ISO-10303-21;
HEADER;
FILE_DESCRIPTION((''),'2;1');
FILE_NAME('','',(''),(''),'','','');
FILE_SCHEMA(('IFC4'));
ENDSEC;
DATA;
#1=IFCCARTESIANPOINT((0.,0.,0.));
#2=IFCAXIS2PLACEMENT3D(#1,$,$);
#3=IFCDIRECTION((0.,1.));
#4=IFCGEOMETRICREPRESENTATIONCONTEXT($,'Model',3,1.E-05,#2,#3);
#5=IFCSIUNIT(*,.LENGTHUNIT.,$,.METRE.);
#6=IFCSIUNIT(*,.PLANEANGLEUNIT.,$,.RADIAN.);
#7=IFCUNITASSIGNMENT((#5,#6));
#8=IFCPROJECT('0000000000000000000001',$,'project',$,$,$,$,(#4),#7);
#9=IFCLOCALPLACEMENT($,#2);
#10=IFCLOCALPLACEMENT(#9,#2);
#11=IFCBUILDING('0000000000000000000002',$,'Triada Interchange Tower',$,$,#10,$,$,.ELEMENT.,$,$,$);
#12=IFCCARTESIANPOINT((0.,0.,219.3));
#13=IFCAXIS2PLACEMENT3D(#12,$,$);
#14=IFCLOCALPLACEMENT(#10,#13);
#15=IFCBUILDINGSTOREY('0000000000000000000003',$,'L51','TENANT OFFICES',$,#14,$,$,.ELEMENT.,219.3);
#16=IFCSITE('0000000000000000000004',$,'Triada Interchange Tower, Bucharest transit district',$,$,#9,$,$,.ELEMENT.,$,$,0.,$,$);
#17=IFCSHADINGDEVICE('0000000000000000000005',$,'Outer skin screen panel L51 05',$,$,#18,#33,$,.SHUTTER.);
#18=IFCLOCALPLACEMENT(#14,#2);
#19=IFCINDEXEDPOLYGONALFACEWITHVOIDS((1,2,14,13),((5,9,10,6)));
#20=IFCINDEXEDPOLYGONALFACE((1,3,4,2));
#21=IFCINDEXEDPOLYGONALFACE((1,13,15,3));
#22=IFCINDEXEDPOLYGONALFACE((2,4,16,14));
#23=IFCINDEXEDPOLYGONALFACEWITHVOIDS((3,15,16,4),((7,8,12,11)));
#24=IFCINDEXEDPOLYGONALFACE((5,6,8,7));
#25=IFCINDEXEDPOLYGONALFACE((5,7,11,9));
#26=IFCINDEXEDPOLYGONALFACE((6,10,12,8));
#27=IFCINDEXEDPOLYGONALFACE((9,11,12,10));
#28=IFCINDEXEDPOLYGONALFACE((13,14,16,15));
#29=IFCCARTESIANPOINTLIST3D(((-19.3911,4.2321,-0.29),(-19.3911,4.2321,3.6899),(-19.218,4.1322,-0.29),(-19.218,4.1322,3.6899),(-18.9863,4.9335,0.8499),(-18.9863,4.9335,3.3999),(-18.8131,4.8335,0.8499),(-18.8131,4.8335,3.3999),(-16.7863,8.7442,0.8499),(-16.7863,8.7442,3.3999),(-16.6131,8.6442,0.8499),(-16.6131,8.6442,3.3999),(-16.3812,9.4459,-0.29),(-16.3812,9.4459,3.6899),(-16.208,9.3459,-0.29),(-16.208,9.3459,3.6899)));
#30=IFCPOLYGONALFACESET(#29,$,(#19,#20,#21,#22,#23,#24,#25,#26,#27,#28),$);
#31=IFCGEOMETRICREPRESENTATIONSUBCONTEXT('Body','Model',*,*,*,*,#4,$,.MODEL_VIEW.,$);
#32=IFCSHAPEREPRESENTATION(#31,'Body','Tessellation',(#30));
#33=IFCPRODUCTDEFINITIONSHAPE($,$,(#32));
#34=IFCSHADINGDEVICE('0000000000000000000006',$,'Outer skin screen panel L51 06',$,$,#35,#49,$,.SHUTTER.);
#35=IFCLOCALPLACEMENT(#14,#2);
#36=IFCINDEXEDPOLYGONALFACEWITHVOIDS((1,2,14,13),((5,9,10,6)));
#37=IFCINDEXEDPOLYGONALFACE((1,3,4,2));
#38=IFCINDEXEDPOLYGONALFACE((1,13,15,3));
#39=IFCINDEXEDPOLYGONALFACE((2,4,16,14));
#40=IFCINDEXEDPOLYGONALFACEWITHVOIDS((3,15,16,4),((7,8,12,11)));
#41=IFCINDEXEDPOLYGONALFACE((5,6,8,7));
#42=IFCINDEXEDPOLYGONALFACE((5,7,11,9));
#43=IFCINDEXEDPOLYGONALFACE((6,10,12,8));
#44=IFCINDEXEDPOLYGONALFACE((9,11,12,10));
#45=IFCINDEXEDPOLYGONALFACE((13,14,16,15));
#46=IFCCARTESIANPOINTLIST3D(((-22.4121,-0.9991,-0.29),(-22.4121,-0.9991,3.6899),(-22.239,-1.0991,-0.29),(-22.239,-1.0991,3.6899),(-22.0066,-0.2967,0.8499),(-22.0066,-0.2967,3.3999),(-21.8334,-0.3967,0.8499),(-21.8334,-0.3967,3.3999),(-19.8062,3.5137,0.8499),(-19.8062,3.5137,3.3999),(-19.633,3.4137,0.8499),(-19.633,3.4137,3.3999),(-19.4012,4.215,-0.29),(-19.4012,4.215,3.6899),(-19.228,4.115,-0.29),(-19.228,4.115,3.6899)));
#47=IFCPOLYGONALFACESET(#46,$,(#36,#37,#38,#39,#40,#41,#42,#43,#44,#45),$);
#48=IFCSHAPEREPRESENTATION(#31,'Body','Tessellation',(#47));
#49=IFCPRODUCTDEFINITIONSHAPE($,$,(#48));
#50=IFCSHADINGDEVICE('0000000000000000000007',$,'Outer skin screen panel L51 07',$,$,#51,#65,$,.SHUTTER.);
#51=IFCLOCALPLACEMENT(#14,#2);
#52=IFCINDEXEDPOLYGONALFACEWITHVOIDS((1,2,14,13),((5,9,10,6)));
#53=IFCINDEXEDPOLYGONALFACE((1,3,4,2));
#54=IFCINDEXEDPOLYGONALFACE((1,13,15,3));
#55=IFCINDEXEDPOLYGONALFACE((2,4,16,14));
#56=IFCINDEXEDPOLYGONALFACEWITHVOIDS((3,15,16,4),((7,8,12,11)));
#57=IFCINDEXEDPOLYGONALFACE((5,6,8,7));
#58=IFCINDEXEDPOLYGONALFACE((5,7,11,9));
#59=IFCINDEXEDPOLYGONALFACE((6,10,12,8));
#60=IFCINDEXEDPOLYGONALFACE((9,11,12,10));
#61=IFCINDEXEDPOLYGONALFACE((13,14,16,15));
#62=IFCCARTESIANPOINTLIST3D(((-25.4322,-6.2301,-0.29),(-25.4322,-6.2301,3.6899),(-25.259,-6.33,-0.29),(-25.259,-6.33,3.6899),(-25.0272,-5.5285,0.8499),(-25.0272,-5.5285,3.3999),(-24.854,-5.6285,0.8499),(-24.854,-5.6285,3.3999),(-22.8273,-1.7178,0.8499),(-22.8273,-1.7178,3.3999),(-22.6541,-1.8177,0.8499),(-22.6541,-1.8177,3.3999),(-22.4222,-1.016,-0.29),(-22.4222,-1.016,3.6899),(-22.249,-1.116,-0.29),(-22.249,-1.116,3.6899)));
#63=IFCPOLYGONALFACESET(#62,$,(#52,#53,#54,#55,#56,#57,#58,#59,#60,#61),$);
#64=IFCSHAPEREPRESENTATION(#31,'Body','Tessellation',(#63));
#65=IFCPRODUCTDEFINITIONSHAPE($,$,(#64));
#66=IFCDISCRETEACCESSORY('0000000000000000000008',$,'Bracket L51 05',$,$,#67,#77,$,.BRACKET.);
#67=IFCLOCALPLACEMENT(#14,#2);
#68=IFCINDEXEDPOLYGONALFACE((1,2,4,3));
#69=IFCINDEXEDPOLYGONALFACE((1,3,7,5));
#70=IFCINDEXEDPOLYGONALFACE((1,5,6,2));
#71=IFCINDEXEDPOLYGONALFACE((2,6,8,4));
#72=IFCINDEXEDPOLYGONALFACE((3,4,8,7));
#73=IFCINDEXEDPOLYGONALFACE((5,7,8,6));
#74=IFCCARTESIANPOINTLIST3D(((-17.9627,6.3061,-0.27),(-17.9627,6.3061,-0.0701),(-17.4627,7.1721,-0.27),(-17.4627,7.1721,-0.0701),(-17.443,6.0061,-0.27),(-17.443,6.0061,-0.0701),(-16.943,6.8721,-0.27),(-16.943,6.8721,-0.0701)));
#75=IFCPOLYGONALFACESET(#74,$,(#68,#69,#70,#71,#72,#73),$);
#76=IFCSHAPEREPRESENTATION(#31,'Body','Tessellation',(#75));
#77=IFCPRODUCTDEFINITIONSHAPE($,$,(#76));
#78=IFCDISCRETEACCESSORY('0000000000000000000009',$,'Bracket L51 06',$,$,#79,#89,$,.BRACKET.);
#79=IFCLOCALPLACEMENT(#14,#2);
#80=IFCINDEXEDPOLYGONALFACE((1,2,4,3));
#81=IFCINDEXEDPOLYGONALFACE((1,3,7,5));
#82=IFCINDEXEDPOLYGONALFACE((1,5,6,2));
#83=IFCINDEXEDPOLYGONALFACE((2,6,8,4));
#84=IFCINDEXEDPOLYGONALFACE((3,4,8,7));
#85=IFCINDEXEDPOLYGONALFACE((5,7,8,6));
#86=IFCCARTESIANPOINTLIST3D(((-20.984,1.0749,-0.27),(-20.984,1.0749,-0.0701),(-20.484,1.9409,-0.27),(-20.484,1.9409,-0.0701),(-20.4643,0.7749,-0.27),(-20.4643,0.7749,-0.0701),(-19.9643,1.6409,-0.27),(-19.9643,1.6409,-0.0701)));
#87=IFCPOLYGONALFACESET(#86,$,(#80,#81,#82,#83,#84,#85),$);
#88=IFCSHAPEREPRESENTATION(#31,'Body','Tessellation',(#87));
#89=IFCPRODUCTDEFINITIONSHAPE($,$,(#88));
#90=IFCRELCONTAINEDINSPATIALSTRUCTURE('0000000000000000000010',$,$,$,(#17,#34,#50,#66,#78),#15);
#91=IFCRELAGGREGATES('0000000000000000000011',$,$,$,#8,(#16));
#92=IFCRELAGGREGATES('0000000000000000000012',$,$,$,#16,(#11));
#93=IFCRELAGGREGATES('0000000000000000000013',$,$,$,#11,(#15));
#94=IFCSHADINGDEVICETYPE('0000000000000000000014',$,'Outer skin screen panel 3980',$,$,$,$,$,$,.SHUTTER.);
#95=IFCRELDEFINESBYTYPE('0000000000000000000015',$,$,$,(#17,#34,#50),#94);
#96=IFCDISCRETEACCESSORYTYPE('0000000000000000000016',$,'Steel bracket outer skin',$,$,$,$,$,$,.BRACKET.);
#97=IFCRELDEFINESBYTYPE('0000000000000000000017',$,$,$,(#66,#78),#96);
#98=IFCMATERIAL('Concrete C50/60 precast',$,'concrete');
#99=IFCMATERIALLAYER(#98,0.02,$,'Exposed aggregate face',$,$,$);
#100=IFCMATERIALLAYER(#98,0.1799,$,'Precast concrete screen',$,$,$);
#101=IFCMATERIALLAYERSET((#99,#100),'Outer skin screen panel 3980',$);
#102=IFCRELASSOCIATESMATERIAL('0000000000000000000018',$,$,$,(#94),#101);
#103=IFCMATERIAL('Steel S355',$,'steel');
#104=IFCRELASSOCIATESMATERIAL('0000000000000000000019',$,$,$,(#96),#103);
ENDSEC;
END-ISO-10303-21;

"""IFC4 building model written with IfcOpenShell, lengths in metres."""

from ifc_helpers import new_model, si_unit, direction, frame, origin, origin_2d, place, context, subcontext, project, spatial, polyline, rectangle, outline, extrude, material, layer, layer_set, type_object, element, save


model = new_model("IFC4")

# Units and contexts
model_context = context("Model", 3, precision=1e-05, world=origin(), true_north=direction((0.0, 1.0)))
body_context = subcontext(model_context, "Body", "Model", "MODEL_VIEW")
ifc_project = project(units=[si_unit("LENGTHUNIT", "METRE"), si_unit("PLANEANGLEUNIT", "RADIAN")], contexts=[model_context])

# Site, building, storey
site_placement = place(None, origin())
site = spatial("IfcSite", under=ifc_project, at=site_placement, Name="Triada Interchange Tower, Bucharest transit district", CompositionType="ELEMENT", RefElevation=0.0)
building_placement = place(site_placement, origin())
building = spatial("IfcBuilding", under=site, at=building_placement, Name="Triada Interchange Tower", CompositionType="ELEMENT")
storey_placement = place(building_placement, frame((0.0, 0.0, 219.3)))
storey = spatial("IfcBuildingStorey", under=building, at=storey_placement, Name="L51", Description="TENANT OFFICES", CompositionType="ELEMENT", Elevation=219.3)

# Shading devices
ifc_material_1 = material(Name="Concrete C50/60 precast", Category="concrete")
ifc_layer_1 = layer(ifc_material_1, 0.02, Name="Exposed aggregate face")
ifc_layer_2 = layer(ifc_material_1, 0.1799, Name="Precast concrete screen")
ifc_layer_set_1 = layer_set([ifc_layer_1, ifc_layer_2], Name="Outer skin screen panel 3980")
shading_device_type = type_object("IfcShadingDeviceType", Name="Outer skin screen panel 3980", PredefinedType="SHUTTER", material=ifc_layer_set_1)
shading_device_1_placement = place(storey_placement, frame((-16.208, 9.3459, -0.29), z_axis=(0.0, 0.0, 1.0), x_axis=(-0.499973, -0.866041, 0.0)))
element("IfcShadingDevice", 1, at=shading_device_1_placement, inside=storey, type_object=shading_device_type, Name="Outer skin screen panel L51 05", PredefinedType="SHUTTER", context=body_context, shape_type="SweptSolid", body=[
    extrude(outline(polyline([(0.0, 0.0), (6.0203, 0.0), (6.0203, 3.98), (0.0, 3.98), (0.0, 0.0)]), holes=[polyline([(0.8103, 1.1399), (0.8103, 3.6899), (5.2104, 3.6899), (5.2104, 1.1399), (0.8103, 1.1399)])]), frame((0.0, 0.0, 0.0), z_axis=(0.0, -1.0, 0.0), x_axis=(1.0, 0.0, 0.0)), (0.0, 0.0, 1.0), 0.2),
])
shading_device_2_placement = place(storey_placement, frame((-19.228, 4.115, -0.29), z_axis=(0.0, 0.0, 1.0), x_axis=(-0.500077, -0.865981, 0.0)))
element("IfcShadingDevice", 2, at=shading_device_2_placement, inside=storey, type_object=shading_device_type, Name="Outer skin screen panel L51 06", PredefinedType="SHUTTER", context=body_context, shape_type="SweptSolid", body=[
    extrude(outline(polyline([(0.0, 0.0), (6.021, 0.0), (6.021, 3.98), (0.0, 3.98), (0.0, 0.0)]), holes=[polyline([(0.8098, 1.1399), (0.8098, 3.6899), (5.21, 3.6899), (5.21, 1.1399), (0.8098, 1.1399)])]), frame((0.0, 0.0, 0.0), z_axis=(0.0, -1.0, 0.0), x_axis=(1.0, 0.0, 0.0)), (0.0, 0.0, 1.0), 0.2),
])
shading_device_3_placement = place(storey_placement, frame((-22.249, -1.116, -0.29), z_axis=(0.0, 0.0, 1.0), x_axis=(-0.499955, -0.866051, 0.0)))
element("IfcShadingDevice", 3, at=shading_device_3_placement, inside=storey, type_object=shading_device_type, Name="Outer skin screen panel L51 07", PredefinedType="SHUTTER", context=body_context, shape_type="SweptSolid", body=[
    extrude(outline(polyline([(0.0, 0.0), (6.0205, 0.0), (6.0205, 3.98), (0.0, 3.98), (0.0, 0.0)]), holes=[polyline([(0.8103, 1.1399), (0.8103, 3.6899), (5.2104, 3.6899), (5.2104, 1.1399), (0.8103, 1.1399)])]), frame((0.0, 0.0, 0.0), z_axis=(0.0, -1.0, 0.0), x_axis=(1.0, 0.0, 0.0)), (0.0, 0.0, 1.0), 0.2),
])

# Discrete accessories
ifc_material_2 = material(Name="Steel S355", Category="steel")
discrete_accessory_type = type_object("IfcDiscreteAccessoryType", Name="Steel bracket outer skin", PredefinedType="BRACKET", material=ifc_material_2)
for number, where, z_axis, x_axis, name in (
    (4, (-17.4529, 6.5891, -0.27), (0.0, 0.0, 1.0), (-0.866025, 0.500001, 0.0), "Bracket L51 05"),
    (5, (-20.4741, 1.3579, -0.27), (0.0, 0.0, 1.0), (-0.866025, 0.500001, 0.0), "Bracket L51 06"),
):
    element("IfcDiscreteAccessory", number, at=place(storey_placement, frame(where, z_axis=z_axis, x_axis=x_axis)), inside=storey, type_object=discrete_accessory_type, Name=name, PredefinedType="BRACKET", context=body_context, shape_type="SweptSolid", body=[
        extrude(rectangle(XDim=0.6001, YDim=1.0, at=origin_2d()), origin(), (0.0, 0.0, 1.0), 0.2),
    ])

save(model, "model.ifc")
